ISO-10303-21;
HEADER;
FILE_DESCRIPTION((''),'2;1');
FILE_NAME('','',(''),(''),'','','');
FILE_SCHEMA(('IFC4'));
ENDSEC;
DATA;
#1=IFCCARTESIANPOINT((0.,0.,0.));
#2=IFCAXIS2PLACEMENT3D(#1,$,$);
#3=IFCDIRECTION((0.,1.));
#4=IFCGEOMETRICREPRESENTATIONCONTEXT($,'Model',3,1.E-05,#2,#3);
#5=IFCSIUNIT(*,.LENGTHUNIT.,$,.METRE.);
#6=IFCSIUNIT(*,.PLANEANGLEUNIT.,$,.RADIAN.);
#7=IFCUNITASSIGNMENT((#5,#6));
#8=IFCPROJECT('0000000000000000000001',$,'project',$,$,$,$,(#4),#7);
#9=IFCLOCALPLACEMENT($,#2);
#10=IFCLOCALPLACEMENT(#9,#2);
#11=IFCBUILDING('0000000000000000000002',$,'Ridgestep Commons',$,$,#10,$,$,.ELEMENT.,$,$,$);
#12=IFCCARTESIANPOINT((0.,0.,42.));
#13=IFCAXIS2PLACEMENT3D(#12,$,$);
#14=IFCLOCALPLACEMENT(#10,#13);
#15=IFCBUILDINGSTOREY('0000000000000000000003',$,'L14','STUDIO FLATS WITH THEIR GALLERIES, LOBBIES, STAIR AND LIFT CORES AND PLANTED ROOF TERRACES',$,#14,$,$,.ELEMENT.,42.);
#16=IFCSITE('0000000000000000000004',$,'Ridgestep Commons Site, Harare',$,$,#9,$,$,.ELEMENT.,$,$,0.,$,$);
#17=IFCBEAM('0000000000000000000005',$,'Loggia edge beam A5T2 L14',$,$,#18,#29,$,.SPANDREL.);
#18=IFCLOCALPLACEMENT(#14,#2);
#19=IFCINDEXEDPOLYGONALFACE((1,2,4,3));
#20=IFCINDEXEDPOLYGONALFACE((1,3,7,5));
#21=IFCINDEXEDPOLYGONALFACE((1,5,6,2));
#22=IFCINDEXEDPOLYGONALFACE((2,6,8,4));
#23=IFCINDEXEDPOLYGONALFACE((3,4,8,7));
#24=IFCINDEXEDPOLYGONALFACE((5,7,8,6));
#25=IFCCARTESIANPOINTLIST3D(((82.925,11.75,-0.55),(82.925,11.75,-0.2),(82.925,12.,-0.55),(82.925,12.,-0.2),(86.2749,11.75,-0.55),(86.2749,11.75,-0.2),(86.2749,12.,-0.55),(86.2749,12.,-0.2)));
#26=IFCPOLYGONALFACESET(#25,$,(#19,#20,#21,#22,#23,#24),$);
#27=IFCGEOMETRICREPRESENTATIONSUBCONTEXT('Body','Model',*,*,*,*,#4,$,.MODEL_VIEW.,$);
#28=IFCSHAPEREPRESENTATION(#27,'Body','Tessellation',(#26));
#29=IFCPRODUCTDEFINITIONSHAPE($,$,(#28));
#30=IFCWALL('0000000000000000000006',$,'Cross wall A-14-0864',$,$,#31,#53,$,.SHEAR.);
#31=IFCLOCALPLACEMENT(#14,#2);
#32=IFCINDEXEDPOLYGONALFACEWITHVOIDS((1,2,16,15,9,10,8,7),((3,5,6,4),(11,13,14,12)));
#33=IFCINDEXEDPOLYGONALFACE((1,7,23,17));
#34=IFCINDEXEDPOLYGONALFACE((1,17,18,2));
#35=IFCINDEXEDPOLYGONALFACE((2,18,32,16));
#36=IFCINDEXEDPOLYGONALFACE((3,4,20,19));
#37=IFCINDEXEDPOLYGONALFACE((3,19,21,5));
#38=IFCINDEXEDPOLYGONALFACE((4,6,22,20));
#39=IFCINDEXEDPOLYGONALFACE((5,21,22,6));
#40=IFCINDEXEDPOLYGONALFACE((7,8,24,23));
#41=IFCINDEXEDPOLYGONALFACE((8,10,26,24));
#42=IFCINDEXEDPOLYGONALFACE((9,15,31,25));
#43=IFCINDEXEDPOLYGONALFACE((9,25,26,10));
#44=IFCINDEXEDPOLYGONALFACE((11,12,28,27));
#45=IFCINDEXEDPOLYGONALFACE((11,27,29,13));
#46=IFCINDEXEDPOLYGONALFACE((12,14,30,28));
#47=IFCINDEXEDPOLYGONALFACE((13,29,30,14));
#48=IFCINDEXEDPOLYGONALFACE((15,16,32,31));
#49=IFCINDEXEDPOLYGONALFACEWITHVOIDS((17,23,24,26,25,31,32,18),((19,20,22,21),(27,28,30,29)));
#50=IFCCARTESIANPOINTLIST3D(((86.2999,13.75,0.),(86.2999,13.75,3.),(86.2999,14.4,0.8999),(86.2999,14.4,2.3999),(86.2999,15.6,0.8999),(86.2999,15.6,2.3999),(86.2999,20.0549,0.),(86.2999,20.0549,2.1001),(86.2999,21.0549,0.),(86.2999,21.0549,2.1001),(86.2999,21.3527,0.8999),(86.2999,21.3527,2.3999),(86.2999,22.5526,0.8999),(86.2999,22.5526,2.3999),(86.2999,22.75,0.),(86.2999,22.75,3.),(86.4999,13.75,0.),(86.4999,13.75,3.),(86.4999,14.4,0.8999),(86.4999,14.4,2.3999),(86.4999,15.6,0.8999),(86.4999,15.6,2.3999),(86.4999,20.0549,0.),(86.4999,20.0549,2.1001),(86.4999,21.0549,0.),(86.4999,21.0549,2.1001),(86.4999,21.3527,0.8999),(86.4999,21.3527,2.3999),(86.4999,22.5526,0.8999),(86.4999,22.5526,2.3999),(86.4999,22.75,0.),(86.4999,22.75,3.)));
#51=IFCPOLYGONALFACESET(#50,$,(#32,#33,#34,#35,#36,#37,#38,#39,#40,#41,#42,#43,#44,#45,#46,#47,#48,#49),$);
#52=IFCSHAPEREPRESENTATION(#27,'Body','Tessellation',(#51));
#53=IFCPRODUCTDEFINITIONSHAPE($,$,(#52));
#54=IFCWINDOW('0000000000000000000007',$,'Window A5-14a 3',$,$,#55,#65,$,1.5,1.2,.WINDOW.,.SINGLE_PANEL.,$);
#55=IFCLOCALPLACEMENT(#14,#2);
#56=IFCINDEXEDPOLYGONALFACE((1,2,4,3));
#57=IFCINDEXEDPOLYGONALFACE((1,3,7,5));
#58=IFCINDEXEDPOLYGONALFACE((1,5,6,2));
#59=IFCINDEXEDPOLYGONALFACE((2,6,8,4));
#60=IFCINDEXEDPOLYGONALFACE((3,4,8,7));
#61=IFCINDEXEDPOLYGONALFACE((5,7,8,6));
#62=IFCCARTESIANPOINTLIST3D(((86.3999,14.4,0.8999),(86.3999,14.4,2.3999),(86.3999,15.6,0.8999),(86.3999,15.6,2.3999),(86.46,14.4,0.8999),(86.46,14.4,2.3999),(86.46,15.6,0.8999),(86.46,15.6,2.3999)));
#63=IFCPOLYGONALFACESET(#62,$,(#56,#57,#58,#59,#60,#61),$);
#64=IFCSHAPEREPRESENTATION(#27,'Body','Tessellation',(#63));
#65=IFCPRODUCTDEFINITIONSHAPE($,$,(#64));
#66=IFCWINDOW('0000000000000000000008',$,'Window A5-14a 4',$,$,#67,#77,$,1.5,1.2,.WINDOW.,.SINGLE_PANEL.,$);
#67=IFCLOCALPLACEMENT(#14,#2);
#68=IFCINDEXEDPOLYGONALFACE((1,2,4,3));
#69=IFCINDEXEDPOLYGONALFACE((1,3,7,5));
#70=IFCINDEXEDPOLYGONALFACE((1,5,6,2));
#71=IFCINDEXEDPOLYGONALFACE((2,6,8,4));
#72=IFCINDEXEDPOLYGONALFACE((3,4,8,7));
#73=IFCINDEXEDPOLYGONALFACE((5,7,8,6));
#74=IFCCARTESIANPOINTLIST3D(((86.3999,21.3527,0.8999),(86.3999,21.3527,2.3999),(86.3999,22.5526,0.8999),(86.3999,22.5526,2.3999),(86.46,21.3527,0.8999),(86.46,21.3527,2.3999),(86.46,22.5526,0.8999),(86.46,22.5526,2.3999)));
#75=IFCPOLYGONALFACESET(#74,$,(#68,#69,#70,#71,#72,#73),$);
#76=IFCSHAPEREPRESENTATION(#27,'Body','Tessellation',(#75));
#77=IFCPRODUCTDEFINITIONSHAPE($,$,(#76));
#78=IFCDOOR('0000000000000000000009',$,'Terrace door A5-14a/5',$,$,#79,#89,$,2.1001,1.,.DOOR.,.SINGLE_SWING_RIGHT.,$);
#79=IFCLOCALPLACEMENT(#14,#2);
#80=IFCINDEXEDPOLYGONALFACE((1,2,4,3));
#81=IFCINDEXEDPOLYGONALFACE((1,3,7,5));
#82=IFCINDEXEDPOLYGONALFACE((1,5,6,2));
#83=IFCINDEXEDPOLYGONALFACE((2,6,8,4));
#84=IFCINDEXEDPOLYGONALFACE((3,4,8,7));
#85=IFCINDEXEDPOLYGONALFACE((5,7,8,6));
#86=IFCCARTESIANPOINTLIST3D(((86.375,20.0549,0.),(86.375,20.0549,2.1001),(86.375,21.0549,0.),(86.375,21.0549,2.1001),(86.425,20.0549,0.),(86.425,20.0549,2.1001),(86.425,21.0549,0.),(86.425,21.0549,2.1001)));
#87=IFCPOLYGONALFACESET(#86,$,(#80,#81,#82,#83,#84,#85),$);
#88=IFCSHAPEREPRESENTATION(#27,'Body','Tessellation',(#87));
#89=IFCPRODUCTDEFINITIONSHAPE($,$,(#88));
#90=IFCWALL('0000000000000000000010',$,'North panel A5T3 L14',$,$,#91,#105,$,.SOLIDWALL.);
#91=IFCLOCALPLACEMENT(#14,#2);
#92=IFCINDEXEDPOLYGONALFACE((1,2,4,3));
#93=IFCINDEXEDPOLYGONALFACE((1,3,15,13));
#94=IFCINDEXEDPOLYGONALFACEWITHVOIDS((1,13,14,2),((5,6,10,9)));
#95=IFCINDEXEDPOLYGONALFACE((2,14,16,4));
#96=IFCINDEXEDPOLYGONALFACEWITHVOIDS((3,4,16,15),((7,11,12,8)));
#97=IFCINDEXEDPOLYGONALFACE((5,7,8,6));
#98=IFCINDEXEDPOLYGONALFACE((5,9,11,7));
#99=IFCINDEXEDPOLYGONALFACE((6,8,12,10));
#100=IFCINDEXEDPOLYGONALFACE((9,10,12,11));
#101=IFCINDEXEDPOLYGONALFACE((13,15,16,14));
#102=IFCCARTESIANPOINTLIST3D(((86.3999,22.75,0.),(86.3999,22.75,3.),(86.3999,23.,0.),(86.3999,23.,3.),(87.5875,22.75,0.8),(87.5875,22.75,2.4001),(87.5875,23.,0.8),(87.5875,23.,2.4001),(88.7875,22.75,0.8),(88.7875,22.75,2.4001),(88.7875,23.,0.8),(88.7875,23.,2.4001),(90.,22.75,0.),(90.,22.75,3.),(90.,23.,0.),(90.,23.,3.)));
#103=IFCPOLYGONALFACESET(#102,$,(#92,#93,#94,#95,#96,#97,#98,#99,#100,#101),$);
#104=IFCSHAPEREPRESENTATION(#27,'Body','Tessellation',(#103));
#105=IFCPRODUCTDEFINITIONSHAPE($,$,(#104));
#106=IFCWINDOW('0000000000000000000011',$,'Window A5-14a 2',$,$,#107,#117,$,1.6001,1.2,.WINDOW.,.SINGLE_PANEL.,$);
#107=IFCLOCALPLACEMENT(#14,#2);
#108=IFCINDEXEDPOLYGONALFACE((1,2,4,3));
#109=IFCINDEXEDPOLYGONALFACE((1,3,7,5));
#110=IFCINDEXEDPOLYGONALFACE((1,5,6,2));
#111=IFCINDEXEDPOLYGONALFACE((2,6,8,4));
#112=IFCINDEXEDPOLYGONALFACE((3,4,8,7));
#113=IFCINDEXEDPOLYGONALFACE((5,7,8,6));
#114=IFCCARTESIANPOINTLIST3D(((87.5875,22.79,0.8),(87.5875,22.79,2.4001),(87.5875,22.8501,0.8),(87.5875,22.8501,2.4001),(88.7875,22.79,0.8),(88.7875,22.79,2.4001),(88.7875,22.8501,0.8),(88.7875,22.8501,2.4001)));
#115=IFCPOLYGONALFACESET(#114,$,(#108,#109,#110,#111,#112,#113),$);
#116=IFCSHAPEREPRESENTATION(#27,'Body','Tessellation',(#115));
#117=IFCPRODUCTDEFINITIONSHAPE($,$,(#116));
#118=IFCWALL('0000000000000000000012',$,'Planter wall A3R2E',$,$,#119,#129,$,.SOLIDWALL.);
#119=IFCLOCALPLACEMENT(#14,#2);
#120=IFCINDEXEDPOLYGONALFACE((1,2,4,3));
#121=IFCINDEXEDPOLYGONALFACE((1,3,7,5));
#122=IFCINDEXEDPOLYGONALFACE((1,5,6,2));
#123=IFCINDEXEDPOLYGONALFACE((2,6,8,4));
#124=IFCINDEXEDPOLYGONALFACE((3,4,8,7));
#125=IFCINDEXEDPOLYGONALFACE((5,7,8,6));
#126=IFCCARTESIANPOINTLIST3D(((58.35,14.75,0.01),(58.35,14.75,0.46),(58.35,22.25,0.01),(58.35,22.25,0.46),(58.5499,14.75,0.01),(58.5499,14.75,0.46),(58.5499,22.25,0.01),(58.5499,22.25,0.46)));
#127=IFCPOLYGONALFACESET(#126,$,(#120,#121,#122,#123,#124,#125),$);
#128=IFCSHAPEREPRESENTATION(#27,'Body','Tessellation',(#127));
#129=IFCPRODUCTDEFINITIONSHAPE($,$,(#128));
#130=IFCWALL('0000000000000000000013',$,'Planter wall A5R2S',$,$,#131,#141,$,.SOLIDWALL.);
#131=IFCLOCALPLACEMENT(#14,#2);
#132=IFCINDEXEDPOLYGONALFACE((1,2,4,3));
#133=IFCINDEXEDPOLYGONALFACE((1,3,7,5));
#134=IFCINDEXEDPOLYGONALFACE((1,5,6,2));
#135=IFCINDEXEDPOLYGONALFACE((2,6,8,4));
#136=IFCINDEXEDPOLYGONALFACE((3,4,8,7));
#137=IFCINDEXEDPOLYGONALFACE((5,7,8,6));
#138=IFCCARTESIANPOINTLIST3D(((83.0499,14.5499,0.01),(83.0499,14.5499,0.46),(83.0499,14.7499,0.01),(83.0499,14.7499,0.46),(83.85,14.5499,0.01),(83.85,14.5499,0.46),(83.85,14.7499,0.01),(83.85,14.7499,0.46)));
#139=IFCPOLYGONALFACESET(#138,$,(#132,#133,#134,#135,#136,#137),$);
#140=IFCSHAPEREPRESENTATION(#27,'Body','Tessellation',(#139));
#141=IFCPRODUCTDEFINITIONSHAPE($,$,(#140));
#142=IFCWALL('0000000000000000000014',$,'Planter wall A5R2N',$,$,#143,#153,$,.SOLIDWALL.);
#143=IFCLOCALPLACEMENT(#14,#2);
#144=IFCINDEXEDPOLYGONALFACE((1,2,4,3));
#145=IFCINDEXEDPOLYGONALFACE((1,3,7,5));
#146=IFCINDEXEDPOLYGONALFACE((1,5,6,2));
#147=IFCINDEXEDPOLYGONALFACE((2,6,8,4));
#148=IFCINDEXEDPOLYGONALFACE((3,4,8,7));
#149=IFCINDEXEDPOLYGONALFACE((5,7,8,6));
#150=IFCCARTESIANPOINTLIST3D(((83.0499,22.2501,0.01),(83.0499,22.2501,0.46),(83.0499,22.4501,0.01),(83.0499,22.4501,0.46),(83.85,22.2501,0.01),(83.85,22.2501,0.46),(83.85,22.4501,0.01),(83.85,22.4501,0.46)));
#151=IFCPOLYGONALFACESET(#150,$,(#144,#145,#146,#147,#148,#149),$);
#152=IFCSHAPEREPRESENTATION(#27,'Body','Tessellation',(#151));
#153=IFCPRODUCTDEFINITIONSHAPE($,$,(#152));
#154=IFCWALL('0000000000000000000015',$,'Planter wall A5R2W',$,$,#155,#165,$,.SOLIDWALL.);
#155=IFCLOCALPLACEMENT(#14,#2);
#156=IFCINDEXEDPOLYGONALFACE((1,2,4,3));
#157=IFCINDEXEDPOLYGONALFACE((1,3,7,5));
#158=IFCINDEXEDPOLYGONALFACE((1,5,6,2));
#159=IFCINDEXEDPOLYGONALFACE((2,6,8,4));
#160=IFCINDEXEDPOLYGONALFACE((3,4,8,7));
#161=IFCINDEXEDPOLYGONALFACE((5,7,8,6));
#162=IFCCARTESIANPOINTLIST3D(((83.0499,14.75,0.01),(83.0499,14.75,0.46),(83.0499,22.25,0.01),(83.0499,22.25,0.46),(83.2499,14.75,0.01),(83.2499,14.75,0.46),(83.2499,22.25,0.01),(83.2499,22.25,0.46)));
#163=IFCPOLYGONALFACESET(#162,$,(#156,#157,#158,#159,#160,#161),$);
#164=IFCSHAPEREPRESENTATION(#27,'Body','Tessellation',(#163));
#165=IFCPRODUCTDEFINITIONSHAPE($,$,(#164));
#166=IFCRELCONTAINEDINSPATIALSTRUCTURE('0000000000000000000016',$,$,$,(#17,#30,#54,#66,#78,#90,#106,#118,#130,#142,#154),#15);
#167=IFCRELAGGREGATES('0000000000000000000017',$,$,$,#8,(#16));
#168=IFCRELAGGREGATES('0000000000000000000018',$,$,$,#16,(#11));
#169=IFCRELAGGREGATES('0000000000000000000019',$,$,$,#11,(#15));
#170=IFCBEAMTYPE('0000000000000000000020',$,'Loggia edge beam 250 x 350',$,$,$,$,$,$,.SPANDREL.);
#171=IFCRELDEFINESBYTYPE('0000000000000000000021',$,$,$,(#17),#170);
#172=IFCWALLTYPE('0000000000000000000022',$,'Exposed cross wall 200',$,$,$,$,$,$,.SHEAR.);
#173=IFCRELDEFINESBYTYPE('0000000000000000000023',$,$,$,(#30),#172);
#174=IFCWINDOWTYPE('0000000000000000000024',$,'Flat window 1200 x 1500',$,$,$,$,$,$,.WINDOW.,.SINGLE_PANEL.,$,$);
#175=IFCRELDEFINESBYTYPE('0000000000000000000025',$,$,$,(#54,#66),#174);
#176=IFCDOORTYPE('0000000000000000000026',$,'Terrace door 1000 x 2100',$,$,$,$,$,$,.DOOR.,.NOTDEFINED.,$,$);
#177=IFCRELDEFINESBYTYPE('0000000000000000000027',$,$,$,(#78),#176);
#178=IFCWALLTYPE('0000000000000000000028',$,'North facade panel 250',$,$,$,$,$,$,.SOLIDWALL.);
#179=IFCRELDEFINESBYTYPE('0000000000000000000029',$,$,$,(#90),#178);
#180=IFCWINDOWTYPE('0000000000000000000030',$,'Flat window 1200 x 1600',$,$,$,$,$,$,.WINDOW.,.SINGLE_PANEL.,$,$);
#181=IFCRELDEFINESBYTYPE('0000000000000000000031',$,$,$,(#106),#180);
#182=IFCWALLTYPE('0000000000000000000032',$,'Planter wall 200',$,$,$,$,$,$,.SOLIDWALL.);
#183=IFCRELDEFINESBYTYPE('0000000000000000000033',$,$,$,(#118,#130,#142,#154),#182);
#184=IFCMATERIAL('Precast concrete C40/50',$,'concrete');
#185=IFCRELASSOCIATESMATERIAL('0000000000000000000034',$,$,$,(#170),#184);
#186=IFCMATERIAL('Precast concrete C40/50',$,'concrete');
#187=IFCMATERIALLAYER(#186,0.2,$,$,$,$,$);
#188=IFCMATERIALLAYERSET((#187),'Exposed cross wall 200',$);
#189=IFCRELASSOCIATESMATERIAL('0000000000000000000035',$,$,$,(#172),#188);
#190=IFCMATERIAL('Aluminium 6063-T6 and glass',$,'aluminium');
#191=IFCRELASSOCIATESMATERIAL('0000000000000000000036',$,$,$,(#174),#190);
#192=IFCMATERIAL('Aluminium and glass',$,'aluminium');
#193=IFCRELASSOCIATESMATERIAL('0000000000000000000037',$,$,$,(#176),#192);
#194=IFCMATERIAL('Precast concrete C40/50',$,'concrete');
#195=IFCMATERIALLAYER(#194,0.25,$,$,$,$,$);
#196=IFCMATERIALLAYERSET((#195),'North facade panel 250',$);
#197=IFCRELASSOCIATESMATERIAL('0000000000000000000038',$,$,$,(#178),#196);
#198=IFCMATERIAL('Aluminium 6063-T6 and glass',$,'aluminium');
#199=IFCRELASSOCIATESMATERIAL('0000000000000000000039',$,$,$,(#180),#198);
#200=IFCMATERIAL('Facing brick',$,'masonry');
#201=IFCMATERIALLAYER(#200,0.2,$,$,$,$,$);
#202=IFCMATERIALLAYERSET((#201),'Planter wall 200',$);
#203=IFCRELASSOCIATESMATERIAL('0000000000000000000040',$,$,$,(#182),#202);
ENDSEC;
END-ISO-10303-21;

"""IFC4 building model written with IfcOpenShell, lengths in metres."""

from ifc_helpers import new_model, si_unit, direction, frame, frame_2d, origin, origin_2d, place, context, subcontext, project, spatial, rectangle, extrude, material, layer, layer_set, material_profile, profile_set, type_object, element, fill, save


model = new_model("IFC4")

# Units and contexts
model_context = context("Model", 3, precision=1e-05, world=origin(), true_north=direction((0.0, 1.0)))
body_context = subcontext(model_context, "Body", "Model", "MODEL_VIEW")
ifc_project = project(units=[si_unit("LENGTHUNIT", "METRE"), si_unit("PLANEANGLEUNIT", "RADIAN")], contexts=[model_context])

# Site, building, storey
site_placement = place(None, origin())
site = spatial("IfcSite", under=ifc_project, at=site_placement, Name="Ridgestep Commons Site, Harare", CompositionType="ELEMENT", RefElevation=0.0)
building_placement = place(site_placement, origin())
building = spatial("IfcBuilding", under=site, at=building_placement, Name="Ridgestep Commons", CompositionType="ELEMENT")
storey_placement = place(building_placement, frame((0.0, 0.0, 42.0)))
storey = spatial("IfcBuildingStorey", under=building, at=storey_placement, Name="L14", Description="STUDIO FLATS WITH THEIR GALLERIES, LOBBIES, STAIR AND LIFT CORES AND PLANTED ROOF TERRACES", CompositionType="ELEMENT", Elevation=42.0)

# Beam
ifc_material_1 = material(Name="Precast concrete C40/50", Category="concrete")
ifc_material_profile = material_profile(ifc_material_1, rectangle(XDim=0.25, YDim=0.3501, at=origin_2d()), Name="PC 250x350")
ifc_profile_set = profile_set([ifc_material_profile], Name="Precast concrete C40/50")
beam_type = type_object("IfcBeamType", Name="Loggia edge beam 250 x 350", PredefinedType="SPANDREL", material=ifc_profile_set)
beam_placement = place(storey_placement, frame((82.925, 11.875, -0.375), z_axis=(1.0, 0.0, 0.0), x_axis=(0.0, 1.0, 0.0)))
element("IfcBeam", 1, at=beam_placement, inside=storey, type_object=beam_type, Name="Loggia edge beam A5T2 L14", PredefinedType="SPANDREL", context=body_context, shape_type="SweptSolid", body=[
    extrude(rectangle(XDim=0.25, YDim=0.3501, at=origin_2d()), origin(), (0.0, 0.0, 1.0), 3.3499),
])

# Wall, openings, windows, door
ifc_material_2 = material(Name="Precast concrete C40/50", Category="concrete")
ifc_layer_1 = layer(ifc_material_2, 0.2)
ifc_layer_set_1 = layer_set([ifc_layer_1], Name="Exposed cross wall 200")
wall_type_1 = type_object("IfcWallType", Name="Exposed cross wall 200", PredefinedType="SHEAR", material=ifc_layer_set_1)
wall_1_placement = place(storey_placement, frame((86.3999, 13.75, 0.0), z_axis=(0.0, 0.0, 1.0), x_axis=(0.0, 1.0, 0.0)))
wall_1 = element("IfcWall", 2, at=wall_1_placement, inside=storey, type_object=wall_type_1, Name="Cross wall A-14-0864", PredefinedType="SHEAR", context=body_context, shape_type="SweptSolid", body=[
    extrude(rectangle(XDim=9.0, YDim=0.2, at=frame_2d((4.5, 0.0))), origin(), (0.0, 0.0, 1.0), 3.0),
])
opening_1_placement = place(wall_1_placement, frame((0.6499, 0.0, 0.8999)))
opening_1 = element("IfcOpeningElement", 3, at=opening_1_placement, cuts=wall_1, PredefinedType="OPENING", context=body_context, shape_type="SweptSolid", body=[
    extrude(rectangle(XDim=1.2, YDim=1.5, at=frame_2d((0.6001, 0.75))), frame((0.0, 0.1099, 0.0), z_axis=(0.0, -1.0, 0.0), x_axis=(1.0, 0.0, 0.0)), (0.0, 0.0, 1.0), 0.22),
])
opening_2_placement = place(wall_1_placement, frame((7.6025, 0.0, 0.8999)))
opening_2 = element("IfcOpeningElement", 4, at=opening_2_placement, cuts=wall_1, PredefinedType="OPENING", context=body_context, shape_type="SweptSolid", body=[
    extrude(rectangle(XDim=1.2, YDim=1.5, at=frame_2d((0.6001, 0.75))), frame((0.0, 0.1099, 0.0), z_axis=(0.0, -1.0, 0.0), x_axis=(1.0, 0.0, 0.0)), (0.0, 0.0, 1.0), 0.22),
])
opening_3_placement = place(wall_1_placement, frame((6.3049, 0.0, 0.0)))
opening_3 = element("IfcOpeningElement", 5, at=opening_3_placement, cuts=wall_1, PredefinedType="OPENING", context=body_context, shape_type="SweptSolid", body=[
    extrude(rectangle(XDim=1.0, YDim=2.1001, at=frame_2d((0.5, 1.05))), frame((0.0, 0.1099, 0.0), z_axis=(0.0, -1.0, 0.0), x_axis=(1.0, 0.0, 0.0)), (0.0, 0.0, 1.0), 0.22),
])
ifc_material_3 = material(Name="Aluminium 6063-T6 and glass", Category="aluminium")
window_type_1 = type_object("IfcWindowType", Name="Flat window 1200 x 1500", PartitioningType="SINGLE_PANEL", PredefinedType="WINDOW", material=ifc_material_3)
window_1_placement = place(opening_1_placement, origin())
window_1 = element("IfcWindow", 6, at=window_1_placement, inside=storey, type_object=window_type_1, Name="Window A5-14a 3", OverallHeight=1.5, OverallWidth=1.2, PartitioningType="SINGLE_PANEL", PredefinedType="WINDOW", context=body_context, shape_type="SweptSolid", body=[
    extrude(rectangle(XDim=1.2, YDim=1.5, at=frame_2d((0.6001, 0.75))), frame((0.0, 0.0, 0.0), z_axis=(0.0, -1.0, 0.0), x_axis=(1.0, 0.0, 0.0)), (0.0, 0.0, 1.0), 0.0601),
])
fill(opening_1, window_1)
window_2_placement = place(opening_2_placement, origin())
window_2 = element("IfcWindow", 7, at=window_2_placement, inside=storey, type_object=window_type_1, Name="Window A5-14a 4", OverallHeight=1.5, OverallWidth=1.2, PartitioningType="SINGLE_PANEL", PredefinedType="WINDOW", context=body_context, shape_type="SweptSolid", body=[
    extrude(rectangle(XDim=1.2, YDim=1.5, at=frame_2d((0.6001, 0.75))), frame((0.0, 0.0, 0.0), z_axis=(0.0, -1.0, 0.0), x_axis=(1.0, 0.0, 0.0)), (0.0, 0.0, 1.0), 0.0601),
])
fill(opening_2, window_2)
ifc_material_4 = material(Name="Aluminium and glass", Category="aluminium")
door_type_1 = type_object("IfcDoorType", Name="Terrace door 1000 x 2100", OperationType="NOTDEFINED", PredefinedType="DOOR", material=ifc_material_4)
door_1_placement = place(opening_3_placement, origin())
door_1 = element("IfcDoor", 8, at=door_1_placement, inside=storey, type_object=door_type_1, Name="Terrace door A5-14a/5", OperationType="SINGLE_SWING_RIGHT", OverallHeight=2.1001, OverallWidth=1.0, PredefinedType="DOOR", context=body_context, shape_type="SweptSolid", body=[
    extrude(rectangle(XDim=1.0, YDim=2.1001, at=frame_2d((0.5, 1.05))), frame((0.0, 0.0249, 0.0), z_axis=(0.0, -1.0, 0.0), x_axis=(1.0, 0.0, 0.0)), (0.0, 0.0, 1.0), 0.05),
])
fill(opening_3, door_1)

# Wall, opening, window
ifc_material_5 = material(Name="Precast concrete C40/50", Category="concrete")
ifc_layer_2 = layer(ifc_material_5, 0.25)
ifc_layer_set_2 = layer_set([ifc_layer_2], Name="North facade panel 250")
wall_type_2 = type_object("IfcWallType", Name="North facade panel 250", PredefinedType="SOLIDWALL", material=ifc_layer_set_2)
wall_2_placement = place(storey_placement, frame((86.3999, 22.875, 0.0), z_axis=(0.0, 0.0, 1.0), x_axis=(1.0, 0.0, 0.0)))
wall_2 = element("IfcWall", 9, at=wall_2_placement, inside=storey, type_object=wall_type_2, Name="North panel A5T3 L14", PredefinedType="SOLIDWALL", context=body_context, shape_type="SweptSolid", body=[
    extrude(rectangle(XDim=3.6001, YDim=0.25, at=frame_2d((1.8, 0.0))), origin(), (0.0, 0.0, 1.0), 3.0),
])
opening_4_placement = place(wall_2_placement, frame((1.1875, 0.0, 0.8)))
opening_4 = element("IfcOpeningElement", 10, at=opening_4_placement, cuts=wall_2, PredefinedType="OPENING", context=body_context, shape_type="SweptSolid", body=[
    extrude(rectangle(XDim=1.2, YDim=1.6001, at=frame_2d((0.6001, 0.8))), frame((0.0, 0.135, 0.0), z_axis=(0.0, -1.0, 0.0), x_axis=(1.0, 0.0, 0.0)), (0.0, 0.0, 1.0), 0.27),
])
ifc_material_6 = material(Name="Aluminium 6063-T6 and glass", Category="aluminium")
window_type_2 = type_object("IfcWindowType", Name="Flat window 1200 x 1600", PartitioningType="SINGLE_PANEL", PredefinedType="WINDOW", material=ifc_material_6)
window_3_placement = place(opening_4_placement, origin())
window_3 = element("IfcWindow", 11, at=window_3_placement, inside=storey, type_object=window_type_2, Name="Window A5-14a 2", OverallHeight=1.6001, OverallWidth=1.2, PartitioningType="SINGLE_PANEL", PredefinedType="WINDOW", context=body_context, shape_type="SweptSolid", body=[
    extrude(rectangle(XDim=1.2, YDim=1.6001, at=frame_2d((0.6001, 0.8))), frame((0.0, -0.0249, 0.0), z_axis=(0.0, -1.0, 0.0), x_axis=(1.0, 0.0, 0.0)), (0.0, 0.0, 1.0), 0.0601),
])
fill(opening_4, window_3)

# Walls
ifc_material_7 = material(Name="Facing brick", Category="masonry")
ifc_layer_3 = layer(ifc_material_7, 0.2)
ifc_layer_set_3 = layer_set([ifc_layer_3], Name="Planter wall 200")
wall_type_3 = type_object("IfcWallType", Name="Planter wall 200", PredefinedType="SOLIDWALL", material=ifc_layer_set_3)
wall_3_placement = place(storey_placement, frame((58.45, 14.75, 0.01), z_axis=(0.0, 0.0, 1.0), x_axis=(0.0, 1.0, 0.0)))
element("IfcWall", 12, at=wall_3_placement, inside=storey, type_object=wall_type_3, Name="Planter wall A3R2E", PredefinedType="SOLIDWALL", context=body_context, shape_type="SweptSolid", body=[
    extrude(rectangle(XDim=7.5, YDim=0.2, at=frame_2d((3.75, 0.0))), origin(), (0.0, 0.0, 1.0), 0.45),
])
for number, where, z_axis, x_axis, name in (
    (13, (83.05, 14.6499, 0.01), (0.0, 0.0, 1.0), (1.0, 0.0, 0.0), "Planter wall A5R2S"),
    (14, (83.05, 22.3501, 0.01), (0.0, 0.0, 1.0), (1.0, 0.0, 0.0), "Planter wall A5R2N"),
):
    element("IfcWall", number, at=place(storey_placement, frame(where, z_axis=z_axis, x_axis=x_axis)), inside=storey, type_object=wall_type_3, Name=name, PredefinedType="SOLIDWALL", context=body_context, shape_type="SweptSolid", body=[
        extrude(rectangle(XDim=0.8, YDim=0.2, at=frame_2d((0.3999, 0.0))), origin(), (0.0, 0.0, 1.0), 0.45),
    ])
for number, where, z_axis, x_axis, name in (
    (15, (83.1499, 14.75, 0.01), (0.0, 0.0, 1.0), (0.0, 1.0, 0.0), "Planter wall A5R2W"),
):
    element("IfcWall", number, at=place(storey_placement, frame(where, z_axis=z_axis, x_axis=x_axis)), inside=storey, type_object=wall_type_3, Name=name, PredefinedType="SOLIDWALL", context=body_context, shape_type="SweptSolid", body=[
        extrude(rectangle(XDim=7.5, YDim=0.2, at=frame_2d((3.75, 0.0))), origin(), (0.0, 0.0, 1.0), 0.45),
    ])

save(model, "model.ifc")
